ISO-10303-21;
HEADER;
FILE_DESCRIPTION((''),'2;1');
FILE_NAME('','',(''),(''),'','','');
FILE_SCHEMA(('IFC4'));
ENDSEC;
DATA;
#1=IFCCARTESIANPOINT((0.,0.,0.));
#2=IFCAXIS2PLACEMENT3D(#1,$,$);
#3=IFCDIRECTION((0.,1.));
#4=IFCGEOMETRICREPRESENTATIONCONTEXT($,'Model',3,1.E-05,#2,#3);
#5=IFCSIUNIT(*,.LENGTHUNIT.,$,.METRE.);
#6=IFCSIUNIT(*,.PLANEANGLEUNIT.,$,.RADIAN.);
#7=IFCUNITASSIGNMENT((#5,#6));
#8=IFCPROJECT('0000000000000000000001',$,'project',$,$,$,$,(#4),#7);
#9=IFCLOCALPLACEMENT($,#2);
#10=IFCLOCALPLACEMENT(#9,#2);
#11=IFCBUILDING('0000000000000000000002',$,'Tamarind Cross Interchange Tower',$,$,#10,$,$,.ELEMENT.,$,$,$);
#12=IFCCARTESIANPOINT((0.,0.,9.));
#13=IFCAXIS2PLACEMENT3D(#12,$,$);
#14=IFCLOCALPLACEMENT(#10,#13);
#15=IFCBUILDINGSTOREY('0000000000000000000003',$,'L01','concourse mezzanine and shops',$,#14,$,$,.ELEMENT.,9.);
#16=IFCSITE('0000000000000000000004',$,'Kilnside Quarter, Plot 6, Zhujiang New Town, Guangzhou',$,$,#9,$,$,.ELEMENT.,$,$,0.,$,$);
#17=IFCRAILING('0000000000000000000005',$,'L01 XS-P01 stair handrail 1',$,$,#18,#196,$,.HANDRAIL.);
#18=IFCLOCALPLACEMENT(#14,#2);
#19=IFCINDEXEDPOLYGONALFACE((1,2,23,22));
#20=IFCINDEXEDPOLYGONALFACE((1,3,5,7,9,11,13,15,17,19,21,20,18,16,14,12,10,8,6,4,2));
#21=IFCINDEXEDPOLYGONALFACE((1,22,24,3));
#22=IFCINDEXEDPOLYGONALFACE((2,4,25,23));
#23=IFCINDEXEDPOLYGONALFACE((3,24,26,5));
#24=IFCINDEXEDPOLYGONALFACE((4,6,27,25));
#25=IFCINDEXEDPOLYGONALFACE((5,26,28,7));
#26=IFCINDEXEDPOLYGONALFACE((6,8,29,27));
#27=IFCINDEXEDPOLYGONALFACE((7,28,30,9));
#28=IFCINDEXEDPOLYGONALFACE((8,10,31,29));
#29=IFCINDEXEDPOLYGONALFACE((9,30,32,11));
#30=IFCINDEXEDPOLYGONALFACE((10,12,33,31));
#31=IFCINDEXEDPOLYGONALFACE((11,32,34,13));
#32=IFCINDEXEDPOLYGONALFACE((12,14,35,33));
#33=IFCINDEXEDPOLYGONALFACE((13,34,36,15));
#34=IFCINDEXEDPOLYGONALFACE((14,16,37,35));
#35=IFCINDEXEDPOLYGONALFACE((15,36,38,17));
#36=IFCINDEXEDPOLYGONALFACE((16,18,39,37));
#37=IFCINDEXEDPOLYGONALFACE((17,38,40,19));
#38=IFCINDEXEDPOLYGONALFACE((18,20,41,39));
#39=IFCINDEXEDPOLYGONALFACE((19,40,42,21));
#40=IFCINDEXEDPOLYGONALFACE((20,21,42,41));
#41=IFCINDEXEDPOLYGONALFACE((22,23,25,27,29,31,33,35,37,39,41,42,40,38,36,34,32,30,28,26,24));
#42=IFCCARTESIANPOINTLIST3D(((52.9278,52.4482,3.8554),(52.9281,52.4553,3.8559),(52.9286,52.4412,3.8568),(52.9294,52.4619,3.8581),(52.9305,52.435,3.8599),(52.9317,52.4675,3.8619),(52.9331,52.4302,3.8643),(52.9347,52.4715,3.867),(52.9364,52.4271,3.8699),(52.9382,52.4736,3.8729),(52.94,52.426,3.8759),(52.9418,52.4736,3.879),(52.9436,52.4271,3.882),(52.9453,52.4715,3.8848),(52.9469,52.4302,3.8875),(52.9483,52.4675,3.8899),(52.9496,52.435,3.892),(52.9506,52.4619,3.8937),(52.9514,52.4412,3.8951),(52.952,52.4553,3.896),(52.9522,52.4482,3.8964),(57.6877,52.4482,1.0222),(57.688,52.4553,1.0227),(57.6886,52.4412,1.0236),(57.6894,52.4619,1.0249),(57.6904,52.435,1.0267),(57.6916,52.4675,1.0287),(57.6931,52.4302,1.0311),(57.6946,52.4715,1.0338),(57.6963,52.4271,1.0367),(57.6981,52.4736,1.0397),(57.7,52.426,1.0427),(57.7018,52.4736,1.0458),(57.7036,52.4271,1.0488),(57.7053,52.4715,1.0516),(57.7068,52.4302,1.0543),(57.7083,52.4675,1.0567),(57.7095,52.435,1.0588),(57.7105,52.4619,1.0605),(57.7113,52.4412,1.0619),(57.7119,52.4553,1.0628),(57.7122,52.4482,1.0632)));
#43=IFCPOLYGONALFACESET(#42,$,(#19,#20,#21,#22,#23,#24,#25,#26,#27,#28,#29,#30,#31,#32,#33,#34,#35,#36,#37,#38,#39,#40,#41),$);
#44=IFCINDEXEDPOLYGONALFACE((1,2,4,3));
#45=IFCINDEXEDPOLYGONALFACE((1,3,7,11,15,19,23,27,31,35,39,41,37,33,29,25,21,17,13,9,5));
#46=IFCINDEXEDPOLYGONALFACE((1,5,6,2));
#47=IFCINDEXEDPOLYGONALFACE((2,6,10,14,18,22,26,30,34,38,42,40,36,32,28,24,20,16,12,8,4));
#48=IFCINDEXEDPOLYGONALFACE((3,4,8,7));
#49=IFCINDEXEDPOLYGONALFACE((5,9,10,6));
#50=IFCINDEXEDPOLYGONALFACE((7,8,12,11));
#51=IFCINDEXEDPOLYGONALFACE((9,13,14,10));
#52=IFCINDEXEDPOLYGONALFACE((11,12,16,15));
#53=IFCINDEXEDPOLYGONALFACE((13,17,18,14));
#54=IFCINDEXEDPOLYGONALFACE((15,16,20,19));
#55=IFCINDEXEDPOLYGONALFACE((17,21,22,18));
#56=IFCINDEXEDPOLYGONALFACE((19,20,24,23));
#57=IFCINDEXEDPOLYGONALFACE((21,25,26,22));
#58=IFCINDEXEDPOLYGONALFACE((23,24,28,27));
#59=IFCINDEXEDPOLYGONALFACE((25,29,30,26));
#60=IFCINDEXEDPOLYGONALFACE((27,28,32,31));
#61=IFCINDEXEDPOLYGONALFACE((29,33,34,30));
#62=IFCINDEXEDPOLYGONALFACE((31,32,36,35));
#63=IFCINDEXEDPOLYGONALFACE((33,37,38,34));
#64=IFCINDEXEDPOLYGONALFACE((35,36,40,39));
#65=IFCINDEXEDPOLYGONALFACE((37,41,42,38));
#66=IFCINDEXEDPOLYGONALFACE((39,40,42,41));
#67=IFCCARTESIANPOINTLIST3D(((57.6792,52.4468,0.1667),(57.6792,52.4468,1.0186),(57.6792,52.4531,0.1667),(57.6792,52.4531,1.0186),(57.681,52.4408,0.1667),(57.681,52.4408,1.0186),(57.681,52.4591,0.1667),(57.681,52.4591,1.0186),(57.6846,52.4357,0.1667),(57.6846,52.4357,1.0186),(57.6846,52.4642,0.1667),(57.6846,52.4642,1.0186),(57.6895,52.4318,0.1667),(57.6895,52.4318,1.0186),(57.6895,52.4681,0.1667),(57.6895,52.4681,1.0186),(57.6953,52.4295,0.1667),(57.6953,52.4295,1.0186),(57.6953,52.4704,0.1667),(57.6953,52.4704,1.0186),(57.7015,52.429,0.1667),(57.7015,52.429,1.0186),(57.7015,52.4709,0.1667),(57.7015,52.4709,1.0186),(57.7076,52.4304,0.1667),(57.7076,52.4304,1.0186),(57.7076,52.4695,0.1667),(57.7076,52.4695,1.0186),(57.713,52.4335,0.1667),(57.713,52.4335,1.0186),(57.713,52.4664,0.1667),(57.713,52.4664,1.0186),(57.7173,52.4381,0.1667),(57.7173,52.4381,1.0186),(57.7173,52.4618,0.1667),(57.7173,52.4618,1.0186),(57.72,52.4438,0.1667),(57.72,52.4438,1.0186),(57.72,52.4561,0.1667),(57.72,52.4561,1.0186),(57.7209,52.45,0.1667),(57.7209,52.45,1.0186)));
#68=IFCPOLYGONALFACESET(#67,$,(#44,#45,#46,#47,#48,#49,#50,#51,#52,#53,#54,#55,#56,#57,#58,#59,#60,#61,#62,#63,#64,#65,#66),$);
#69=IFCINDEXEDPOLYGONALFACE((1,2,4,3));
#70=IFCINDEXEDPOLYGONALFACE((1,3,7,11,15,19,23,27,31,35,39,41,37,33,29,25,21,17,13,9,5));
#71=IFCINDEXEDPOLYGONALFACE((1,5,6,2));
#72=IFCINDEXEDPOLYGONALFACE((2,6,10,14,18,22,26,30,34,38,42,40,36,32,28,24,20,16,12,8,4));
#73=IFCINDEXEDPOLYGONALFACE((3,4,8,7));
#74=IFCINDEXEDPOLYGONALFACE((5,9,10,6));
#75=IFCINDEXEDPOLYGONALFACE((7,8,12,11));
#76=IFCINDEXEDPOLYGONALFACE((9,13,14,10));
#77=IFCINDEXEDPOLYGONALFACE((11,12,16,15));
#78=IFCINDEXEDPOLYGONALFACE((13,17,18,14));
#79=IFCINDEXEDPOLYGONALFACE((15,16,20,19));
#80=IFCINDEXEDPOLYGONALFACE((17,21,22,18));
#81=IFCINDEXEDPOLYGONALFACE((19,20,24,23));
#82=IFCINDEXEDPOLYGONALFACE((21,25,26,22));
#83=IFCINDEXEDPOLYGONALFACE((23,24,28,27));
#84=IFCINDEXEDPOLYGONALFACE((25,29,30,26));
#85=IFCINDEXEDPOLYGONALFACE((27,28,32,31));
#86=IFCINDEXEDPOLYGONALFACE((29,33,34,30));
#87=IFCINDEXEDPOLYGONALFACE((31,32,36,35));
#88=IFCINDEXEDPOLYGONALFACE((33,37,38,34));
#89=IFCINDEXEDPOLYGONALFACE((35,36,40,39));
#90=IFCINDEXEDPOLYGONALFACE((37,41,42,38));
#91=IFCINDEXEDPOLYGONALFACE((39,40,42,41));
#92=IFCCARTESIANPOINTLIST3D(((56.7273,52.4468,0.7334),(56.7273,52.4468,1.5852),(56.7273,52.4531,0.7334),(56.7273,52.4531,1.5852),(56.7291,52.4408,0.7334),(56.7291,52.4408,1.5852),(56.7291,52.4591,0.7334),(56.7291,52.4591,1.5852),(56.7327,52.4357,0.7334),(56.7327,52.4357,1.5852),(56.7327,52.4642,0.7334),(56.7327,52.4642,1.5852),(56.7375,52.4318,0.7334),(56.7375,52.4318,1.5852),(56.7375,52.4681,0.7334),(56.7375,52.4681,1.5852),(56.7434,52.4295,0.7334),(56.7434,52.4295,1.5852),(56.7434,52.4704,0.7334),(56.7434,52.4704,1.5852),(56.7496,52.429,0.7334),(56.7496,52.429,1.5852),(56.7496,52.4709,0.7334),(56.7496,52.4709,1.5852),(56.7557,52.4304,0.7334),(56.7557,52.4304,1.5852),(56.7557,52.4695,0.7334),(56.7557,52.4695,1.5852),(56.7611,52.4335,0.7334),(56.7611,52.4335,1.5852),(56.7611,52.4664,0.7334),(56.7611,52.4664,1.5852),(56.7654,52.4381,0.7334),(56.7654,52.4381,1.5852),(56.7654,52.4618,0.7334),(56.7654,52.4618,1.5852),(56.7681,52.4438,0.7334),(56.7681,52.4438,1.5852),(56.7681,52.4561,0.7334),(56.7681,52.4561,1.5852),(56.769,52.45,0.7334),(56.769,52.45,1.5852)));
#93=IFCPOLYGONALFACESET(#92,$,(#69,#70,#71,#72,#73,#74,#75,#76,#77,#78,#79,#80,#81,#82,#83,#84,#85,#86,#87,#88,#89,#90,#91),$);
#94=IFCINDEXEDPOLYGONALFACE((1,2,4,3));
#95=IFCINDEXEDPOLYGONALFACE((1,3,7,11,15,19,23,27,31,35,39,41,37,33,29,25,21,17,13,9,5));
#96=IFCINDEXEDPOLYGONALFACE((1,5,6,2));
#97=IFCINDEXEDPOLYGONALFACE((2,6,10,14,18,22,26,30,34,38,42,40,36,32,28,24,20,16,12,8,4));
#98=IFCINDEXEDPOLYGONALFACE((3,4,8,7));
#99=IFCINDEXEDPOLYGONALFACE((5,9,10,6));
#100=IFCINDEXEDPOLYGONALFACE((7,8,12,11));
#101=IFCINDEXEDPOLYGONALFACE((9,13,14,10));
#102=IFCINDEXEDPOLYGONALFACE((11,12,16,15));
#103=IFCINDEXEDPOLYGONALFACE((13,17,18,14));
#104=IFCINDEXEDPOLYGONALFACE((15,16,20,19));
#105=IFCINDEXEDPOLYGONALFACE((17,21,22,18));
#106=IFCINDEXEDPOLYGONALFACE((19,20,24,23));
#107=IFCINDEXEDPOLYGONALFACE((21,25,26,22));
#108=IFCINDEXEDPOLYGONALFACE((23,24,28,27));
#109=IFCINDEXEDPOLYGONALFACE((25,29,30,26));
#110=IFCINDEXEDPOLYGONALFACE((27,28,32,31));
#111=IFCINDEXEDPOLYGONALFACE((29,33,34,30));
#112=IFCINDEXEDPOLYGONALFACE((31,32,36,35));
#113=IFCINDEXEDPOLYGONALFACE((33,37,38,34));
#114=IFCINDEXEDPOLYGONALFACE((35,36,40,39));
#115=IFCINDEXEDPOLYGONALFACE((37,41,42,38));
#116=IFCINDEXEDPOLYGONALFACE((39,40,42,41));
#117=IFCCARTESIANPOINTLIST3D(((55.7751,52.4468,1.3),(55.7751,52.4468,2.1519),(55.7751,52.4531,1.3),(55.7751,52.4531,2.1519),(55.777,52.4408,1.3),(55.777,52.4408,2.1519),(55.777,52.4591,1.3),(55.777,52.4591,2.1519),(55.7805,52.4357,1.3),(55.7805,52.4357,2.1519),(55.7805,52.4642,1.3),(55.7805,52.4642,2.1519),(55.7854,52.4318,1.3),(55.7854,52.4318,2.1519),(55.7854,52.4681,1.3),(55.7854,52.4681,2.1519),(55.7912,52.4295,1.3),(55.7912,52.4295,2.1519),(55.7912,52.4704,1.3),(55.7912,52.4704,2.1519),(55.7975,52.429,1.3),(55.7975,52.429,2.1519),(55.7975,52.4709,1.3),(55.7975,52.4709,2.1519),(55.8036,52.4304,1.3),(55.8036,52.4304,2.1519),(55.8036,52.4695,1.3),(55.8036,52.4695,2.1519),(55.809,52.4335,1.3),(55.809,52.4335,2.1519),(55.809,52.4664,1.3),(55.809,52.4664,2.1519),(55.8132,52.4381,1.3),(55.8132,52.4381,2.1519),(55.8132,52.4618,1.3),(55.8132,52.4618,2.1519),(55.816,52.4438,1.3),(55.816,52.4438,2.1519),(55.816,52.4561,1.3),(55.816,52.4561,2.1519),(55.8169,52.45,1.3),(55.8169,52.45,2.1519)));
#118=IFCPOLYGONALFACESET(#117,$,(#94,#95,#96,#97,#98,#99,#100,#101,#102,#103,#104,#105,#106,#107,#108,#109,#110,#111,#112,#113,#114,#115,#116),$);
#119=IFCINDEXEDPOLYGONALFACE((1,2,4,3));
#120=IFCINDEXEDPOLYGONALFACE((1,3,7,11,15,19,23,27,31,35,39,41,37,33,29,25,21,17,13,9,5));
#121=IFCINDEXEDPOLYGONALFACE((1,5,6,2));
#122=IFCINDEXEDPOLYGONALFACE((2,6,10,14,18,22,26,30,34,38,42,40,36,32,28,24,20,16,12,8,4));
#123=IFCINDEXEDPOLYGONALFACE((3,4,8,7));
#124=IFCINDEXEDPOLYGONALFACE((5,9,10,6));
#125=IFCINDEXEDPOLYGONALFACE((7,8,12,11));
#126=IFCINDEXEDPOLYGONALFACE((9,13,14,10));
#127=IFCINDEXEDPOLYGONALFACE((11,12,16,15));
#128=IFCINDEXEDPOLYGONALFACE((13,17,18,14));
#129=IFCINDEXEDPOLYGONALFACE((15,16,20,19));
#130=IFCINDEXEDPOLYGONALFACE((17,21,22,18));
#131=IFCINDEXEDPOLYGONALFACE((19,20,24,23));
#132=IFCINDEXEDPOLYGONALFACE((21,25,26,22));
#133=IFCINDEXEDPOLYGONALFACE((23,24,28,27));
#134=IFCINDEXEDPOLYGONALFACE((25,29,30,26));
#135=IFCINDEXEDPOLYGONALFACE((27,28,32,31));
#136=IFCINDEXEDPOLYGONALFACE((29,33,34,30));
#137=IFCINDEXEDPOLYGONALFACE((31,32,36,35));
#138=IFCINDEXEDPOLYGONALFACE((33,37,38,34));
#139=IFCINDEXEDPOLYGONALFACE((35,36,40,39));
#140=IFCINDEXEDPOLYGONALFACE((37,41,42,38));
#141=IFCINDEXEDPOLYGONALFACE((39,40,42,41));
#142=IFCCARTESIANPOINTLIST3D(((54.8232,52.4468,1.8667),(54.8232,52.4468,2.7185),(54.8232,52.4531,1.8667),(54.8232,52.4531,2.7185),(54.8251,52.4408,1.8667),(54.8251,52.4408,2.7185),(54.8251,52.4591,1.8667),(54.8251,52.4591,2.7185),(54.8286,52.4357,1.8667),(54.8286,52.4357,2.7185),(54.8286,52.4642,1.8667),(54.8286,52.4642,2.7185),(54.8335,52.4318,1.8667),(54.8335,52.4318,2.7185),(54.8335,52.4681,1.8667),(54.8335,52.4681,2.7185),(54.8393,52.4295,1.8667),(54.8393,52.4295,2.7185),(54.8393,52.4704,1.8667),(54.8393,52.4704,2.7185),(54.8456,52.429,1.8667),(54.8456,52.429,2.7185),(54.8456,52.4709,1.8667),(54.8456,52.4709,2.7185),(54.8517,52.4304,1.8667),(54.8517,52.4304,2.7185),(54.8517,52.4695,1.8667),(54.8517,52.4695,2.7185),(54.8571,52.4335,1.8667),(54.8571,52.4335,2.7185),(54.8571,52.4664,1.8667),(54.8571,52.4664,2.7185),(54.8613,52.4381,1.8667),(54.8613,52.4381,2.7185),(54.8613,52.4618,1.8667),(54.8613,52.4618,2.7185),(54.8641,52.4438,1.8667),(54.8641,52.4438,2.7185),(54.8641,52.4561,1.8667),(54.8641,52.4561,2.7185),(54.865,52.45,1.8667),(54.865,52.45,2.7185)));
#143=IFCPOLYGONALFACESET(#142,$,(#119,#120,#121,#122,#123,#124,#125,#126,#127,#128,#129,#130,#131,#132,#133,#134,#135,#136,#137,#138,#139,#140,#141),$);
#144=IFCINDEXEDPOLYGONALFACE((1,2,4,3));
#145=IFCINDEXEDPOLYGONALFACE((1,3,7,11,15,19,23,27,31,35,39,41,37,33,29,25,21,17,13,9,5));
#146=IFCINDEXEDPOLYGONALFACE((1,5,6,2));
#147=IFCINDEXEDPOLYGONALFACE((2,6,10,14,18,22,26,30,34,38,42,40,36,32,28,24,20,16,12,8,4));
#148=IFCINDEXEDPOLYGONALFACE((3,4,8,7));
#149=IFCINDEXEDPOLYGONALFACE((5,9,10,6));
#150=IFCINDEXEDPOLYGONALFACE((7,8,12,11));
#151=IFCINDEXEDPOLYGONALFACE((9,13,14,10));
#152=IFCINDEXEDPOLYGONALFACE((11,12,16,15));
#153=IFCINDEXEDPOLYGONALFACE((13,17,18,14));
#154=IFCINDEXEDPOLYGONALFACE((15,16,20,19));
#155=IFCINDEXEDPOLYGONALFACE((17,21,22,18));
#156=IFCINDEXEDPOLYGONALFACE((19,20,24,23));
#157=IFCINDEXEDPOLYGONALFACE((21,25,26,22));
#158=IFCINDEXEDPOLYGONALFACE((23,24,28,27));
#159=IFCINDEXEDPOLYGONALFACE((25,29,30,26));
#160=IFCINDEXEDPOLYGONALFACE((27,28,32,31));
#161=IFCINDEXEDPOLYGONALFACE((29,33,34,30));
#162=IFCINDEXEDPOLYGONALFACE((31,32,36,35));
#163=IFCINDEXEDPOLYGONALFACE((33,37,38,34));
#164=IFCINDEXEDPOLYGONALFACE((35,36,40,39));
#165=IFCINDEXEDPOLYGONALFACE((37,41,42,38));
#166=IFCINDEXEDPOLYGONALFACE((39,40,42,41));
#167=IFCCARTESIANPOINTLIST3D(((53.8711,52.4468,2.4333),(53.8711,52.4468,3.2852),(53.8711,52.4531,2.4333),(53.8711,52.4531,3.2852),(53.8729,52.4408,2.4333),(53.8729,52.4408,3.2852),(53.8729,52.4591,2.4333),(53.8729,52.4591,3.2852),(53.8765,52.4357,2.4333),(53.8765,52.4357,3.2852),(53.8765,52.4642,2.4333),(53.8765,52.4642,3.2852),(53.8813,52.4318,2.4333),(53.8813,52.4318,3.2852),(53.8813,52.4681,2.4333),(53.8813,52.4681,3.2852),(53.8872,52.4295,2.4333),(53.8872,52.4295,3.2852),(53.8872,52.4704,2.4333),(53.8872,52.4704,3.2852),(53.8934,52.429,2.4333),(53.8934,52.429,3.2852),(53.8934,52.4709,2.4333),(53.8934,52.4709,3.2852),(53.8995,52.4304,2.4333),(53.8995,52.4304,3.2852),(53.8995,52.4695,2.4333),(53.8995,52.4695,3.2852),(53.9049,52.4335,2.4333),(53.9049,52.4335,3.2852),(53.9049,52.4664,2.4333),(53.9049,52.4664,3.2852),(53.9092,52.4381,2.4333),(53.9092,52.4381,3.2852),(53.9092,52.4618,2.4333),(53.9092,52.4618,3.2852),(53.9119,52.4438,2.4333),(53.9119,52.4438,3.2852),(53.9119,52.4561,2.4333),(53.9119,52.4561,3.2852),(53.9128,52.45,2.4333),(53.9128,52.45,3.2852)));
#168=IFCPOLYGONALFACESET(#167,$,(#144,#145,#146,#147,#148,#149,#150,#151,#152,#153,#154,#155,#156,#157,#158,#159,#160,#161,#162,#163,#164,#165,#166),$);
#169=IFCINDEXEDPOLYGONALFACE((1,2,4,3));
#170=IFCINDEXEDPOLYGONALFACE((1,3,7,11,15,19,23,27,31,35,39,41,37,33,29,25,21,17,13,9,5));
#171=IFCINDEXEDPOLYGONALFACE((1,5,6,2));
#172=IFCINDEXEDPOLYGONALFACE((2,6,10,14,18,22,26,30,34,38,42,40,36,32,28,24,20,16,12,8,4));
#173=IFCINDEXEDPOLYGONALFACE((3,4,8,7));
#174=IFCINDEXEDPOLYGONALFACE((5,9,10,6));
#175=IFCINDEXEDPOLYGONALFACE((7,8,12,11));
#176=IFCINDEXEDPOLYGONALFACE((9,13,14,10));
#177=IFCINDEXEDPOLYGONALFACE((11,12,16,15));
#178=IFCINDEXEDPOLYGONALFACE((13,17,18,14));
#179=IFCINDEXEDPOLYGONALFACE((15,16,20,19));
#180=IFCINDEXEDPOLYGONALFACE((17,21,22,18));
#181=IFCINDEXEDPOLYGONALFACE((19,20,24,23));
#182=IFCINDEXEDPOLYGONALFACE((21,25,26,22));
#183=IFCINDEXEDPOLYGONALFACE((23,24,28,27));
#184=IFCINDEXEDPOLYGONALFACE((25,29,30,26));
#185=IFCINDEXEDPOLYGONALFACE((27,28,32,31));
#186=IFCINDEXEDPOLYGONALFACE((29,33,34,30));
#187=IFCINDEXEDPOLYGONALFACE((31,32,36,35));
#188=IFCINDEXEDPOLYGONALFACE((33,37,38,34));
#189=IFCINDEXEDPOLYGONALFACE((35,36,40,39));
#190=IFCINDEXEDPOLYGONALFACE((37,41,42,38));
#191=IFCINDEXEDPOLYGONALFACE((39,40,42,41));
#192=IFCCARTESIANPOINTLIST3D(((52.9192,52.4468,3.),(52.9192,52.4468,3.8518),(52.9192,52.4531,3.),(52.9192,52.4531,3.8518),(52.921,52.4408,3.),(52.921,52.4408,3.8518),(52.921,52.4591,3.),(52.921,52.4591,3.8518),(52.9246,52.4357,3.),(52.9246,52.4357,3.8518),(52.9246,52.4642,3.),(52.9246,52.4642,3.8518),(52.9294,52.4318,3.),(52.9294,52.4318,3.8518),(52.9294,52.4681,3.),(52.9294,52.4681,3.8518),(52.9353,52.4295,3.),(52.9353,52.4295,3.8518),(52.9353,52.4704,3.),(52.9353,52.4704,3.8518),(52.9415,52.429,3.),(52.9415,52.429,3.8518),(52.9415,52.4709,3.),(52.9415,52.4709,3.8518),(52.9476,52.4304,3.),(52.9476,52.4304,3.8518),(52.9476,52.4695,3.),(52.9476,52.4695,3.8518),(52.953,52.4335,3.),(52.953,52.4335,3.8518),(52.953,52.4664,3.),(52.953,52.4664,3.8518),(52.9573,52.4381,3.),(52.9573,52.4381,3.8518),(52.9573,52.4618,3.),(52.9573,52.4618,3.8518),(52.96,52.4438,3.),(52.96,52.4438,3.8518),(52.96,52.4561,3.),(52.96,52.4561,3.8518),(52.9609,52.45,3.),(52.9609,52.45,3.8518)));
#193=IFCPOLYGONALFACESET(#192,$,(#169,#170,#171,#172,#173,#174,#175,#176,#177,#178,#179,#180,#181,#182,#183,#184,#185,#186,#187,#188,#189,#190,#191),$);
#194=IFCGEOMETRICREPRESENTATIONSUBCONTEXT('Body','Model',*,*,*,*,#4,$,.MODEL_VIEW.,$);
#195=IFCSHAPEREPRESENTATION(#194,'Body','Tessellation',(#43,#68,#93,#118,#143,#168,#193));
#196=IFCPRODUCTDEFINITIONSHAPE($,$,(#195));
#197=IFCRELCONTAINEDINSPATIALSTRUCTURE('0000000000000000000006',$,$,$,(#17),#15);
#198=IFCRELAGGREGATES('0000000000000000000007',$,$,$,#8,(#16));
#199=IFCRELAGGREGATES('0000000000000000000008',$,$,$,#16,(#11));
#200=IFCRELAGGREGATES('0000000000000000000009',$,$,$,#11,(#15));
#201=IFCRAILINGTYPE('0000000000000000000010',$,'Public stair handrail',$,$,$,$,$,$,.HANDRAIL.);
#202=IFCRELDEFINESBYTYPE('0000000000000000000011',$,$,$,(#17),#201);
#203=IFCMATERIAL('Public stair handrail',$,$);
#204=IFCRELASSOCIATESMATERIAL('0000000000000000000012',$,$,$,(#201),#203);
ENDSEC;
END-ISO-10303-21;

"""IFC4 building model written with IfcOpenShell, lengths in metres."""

from ifc_helpers import new_model, si_unit, direction, frame, origin, origin_2d, place, context, subcontext, project, spatial, circle, extrude, material, type_object, element, save


model = new_model("IFC4")

# Units and contexts
model_context = context("Model", 3, precision=1e-05, world=origin(), true_north=direction((0.0, 1.0)))
body_context = subcontext(model_context, "Body", "Model", "MODEL_VIEW")
ifc_project = project(units=[si_unit("LENGTHUNIT", "METRE"), si_unit("PLANEANGLEUNIT", "RADIAN")], contexts=[model_context])

# Site, building, storey
site_placement = place(None, origin())
site = spatial("IfcSite", under=ifc_project, at=site_placement, Name="Kilnside Quarter, Plot 6, Zhujiang New Town, Guangzhou", CompositionType="ELEMENT", RefElevation=0.0)
building_placement = place(site_placement, origin())
building = spatial("IfcBuilding", under=site, at=building_placement, Name="Tamarind Cross Interchange Tower", CompositionType="ELEMENT")
storey_placement = place(building_placement, frame((0.0, 0.0, 9.0)))
storey = spatial("IfcBuildingStorey", under=building, at=storey_placement, Name="L01", Description="concourse mezzanine and shops", CompositionType="ELEMENT", Elevation=9.0)

# Railing
ifc_material_1 = material(Name="Public stair handrail")
railing_type_1 = type_object("IfcRailingType", Name="Public stair handrail", PredefinedType="HANDRAIL", material=ifc_material_1)
railing_1_placement = place(storey_placement, frame((57.7, 52.45, 0.1667)))
element("IfcRailing", 1, at=railing_1_placement, inside=storey, type_object=railing_type_1, Name="L01 XS-P01 stair handrail 1", PredefinedType="HANDRAIL", context=body_context, shape_type="SweptSolid", body=[
    extrude(circle(Radius=0.0239, at=origin_2d()), frame((0.0, 0.0, 0.876), z_axis=(-0.8593, 0.0, 0.511472), x_axis=(0.0, -1.0, 0.0)), (0.0, 0.0, 1.0), 5.5393),
    extrude(circle(Radius=0.021, at=origin_2d()), origin(), (0.0, 0.0, 1.0), 0.8518),
    extrude(circle(Radius=0.021, at=origin_2d()), frame((-0.9519, 0.0, 0.5667)), (0.0, 0.0, 1.0), 0.8518),
    extrude(circle(Radius=0.021, at=origin_2d()), frame((-1.9041, 0.0, 1.1333)), (0.0, 0.0, 1.0), 0.8518),
    extrude(circle(Radius=0.021, at=origin_2d()), frame((-2.856, 0.0, 1.7)), (0.0, 0.0, 1.0), 0.8518),
    extrude(circle(Radius=0.021, at=origin_2d()), frame((-3.8081, 0.0, 2.2666)), (0.0, 0.0, 1.0), 0.8518),
    extrude(circle(Radius=0.021, at=origin_2d()), frame((-4.76, 0.0, 2.8333)), (0.0, 0.0, 1.0), 0.8518),
])

save(model, "model.ifc")
